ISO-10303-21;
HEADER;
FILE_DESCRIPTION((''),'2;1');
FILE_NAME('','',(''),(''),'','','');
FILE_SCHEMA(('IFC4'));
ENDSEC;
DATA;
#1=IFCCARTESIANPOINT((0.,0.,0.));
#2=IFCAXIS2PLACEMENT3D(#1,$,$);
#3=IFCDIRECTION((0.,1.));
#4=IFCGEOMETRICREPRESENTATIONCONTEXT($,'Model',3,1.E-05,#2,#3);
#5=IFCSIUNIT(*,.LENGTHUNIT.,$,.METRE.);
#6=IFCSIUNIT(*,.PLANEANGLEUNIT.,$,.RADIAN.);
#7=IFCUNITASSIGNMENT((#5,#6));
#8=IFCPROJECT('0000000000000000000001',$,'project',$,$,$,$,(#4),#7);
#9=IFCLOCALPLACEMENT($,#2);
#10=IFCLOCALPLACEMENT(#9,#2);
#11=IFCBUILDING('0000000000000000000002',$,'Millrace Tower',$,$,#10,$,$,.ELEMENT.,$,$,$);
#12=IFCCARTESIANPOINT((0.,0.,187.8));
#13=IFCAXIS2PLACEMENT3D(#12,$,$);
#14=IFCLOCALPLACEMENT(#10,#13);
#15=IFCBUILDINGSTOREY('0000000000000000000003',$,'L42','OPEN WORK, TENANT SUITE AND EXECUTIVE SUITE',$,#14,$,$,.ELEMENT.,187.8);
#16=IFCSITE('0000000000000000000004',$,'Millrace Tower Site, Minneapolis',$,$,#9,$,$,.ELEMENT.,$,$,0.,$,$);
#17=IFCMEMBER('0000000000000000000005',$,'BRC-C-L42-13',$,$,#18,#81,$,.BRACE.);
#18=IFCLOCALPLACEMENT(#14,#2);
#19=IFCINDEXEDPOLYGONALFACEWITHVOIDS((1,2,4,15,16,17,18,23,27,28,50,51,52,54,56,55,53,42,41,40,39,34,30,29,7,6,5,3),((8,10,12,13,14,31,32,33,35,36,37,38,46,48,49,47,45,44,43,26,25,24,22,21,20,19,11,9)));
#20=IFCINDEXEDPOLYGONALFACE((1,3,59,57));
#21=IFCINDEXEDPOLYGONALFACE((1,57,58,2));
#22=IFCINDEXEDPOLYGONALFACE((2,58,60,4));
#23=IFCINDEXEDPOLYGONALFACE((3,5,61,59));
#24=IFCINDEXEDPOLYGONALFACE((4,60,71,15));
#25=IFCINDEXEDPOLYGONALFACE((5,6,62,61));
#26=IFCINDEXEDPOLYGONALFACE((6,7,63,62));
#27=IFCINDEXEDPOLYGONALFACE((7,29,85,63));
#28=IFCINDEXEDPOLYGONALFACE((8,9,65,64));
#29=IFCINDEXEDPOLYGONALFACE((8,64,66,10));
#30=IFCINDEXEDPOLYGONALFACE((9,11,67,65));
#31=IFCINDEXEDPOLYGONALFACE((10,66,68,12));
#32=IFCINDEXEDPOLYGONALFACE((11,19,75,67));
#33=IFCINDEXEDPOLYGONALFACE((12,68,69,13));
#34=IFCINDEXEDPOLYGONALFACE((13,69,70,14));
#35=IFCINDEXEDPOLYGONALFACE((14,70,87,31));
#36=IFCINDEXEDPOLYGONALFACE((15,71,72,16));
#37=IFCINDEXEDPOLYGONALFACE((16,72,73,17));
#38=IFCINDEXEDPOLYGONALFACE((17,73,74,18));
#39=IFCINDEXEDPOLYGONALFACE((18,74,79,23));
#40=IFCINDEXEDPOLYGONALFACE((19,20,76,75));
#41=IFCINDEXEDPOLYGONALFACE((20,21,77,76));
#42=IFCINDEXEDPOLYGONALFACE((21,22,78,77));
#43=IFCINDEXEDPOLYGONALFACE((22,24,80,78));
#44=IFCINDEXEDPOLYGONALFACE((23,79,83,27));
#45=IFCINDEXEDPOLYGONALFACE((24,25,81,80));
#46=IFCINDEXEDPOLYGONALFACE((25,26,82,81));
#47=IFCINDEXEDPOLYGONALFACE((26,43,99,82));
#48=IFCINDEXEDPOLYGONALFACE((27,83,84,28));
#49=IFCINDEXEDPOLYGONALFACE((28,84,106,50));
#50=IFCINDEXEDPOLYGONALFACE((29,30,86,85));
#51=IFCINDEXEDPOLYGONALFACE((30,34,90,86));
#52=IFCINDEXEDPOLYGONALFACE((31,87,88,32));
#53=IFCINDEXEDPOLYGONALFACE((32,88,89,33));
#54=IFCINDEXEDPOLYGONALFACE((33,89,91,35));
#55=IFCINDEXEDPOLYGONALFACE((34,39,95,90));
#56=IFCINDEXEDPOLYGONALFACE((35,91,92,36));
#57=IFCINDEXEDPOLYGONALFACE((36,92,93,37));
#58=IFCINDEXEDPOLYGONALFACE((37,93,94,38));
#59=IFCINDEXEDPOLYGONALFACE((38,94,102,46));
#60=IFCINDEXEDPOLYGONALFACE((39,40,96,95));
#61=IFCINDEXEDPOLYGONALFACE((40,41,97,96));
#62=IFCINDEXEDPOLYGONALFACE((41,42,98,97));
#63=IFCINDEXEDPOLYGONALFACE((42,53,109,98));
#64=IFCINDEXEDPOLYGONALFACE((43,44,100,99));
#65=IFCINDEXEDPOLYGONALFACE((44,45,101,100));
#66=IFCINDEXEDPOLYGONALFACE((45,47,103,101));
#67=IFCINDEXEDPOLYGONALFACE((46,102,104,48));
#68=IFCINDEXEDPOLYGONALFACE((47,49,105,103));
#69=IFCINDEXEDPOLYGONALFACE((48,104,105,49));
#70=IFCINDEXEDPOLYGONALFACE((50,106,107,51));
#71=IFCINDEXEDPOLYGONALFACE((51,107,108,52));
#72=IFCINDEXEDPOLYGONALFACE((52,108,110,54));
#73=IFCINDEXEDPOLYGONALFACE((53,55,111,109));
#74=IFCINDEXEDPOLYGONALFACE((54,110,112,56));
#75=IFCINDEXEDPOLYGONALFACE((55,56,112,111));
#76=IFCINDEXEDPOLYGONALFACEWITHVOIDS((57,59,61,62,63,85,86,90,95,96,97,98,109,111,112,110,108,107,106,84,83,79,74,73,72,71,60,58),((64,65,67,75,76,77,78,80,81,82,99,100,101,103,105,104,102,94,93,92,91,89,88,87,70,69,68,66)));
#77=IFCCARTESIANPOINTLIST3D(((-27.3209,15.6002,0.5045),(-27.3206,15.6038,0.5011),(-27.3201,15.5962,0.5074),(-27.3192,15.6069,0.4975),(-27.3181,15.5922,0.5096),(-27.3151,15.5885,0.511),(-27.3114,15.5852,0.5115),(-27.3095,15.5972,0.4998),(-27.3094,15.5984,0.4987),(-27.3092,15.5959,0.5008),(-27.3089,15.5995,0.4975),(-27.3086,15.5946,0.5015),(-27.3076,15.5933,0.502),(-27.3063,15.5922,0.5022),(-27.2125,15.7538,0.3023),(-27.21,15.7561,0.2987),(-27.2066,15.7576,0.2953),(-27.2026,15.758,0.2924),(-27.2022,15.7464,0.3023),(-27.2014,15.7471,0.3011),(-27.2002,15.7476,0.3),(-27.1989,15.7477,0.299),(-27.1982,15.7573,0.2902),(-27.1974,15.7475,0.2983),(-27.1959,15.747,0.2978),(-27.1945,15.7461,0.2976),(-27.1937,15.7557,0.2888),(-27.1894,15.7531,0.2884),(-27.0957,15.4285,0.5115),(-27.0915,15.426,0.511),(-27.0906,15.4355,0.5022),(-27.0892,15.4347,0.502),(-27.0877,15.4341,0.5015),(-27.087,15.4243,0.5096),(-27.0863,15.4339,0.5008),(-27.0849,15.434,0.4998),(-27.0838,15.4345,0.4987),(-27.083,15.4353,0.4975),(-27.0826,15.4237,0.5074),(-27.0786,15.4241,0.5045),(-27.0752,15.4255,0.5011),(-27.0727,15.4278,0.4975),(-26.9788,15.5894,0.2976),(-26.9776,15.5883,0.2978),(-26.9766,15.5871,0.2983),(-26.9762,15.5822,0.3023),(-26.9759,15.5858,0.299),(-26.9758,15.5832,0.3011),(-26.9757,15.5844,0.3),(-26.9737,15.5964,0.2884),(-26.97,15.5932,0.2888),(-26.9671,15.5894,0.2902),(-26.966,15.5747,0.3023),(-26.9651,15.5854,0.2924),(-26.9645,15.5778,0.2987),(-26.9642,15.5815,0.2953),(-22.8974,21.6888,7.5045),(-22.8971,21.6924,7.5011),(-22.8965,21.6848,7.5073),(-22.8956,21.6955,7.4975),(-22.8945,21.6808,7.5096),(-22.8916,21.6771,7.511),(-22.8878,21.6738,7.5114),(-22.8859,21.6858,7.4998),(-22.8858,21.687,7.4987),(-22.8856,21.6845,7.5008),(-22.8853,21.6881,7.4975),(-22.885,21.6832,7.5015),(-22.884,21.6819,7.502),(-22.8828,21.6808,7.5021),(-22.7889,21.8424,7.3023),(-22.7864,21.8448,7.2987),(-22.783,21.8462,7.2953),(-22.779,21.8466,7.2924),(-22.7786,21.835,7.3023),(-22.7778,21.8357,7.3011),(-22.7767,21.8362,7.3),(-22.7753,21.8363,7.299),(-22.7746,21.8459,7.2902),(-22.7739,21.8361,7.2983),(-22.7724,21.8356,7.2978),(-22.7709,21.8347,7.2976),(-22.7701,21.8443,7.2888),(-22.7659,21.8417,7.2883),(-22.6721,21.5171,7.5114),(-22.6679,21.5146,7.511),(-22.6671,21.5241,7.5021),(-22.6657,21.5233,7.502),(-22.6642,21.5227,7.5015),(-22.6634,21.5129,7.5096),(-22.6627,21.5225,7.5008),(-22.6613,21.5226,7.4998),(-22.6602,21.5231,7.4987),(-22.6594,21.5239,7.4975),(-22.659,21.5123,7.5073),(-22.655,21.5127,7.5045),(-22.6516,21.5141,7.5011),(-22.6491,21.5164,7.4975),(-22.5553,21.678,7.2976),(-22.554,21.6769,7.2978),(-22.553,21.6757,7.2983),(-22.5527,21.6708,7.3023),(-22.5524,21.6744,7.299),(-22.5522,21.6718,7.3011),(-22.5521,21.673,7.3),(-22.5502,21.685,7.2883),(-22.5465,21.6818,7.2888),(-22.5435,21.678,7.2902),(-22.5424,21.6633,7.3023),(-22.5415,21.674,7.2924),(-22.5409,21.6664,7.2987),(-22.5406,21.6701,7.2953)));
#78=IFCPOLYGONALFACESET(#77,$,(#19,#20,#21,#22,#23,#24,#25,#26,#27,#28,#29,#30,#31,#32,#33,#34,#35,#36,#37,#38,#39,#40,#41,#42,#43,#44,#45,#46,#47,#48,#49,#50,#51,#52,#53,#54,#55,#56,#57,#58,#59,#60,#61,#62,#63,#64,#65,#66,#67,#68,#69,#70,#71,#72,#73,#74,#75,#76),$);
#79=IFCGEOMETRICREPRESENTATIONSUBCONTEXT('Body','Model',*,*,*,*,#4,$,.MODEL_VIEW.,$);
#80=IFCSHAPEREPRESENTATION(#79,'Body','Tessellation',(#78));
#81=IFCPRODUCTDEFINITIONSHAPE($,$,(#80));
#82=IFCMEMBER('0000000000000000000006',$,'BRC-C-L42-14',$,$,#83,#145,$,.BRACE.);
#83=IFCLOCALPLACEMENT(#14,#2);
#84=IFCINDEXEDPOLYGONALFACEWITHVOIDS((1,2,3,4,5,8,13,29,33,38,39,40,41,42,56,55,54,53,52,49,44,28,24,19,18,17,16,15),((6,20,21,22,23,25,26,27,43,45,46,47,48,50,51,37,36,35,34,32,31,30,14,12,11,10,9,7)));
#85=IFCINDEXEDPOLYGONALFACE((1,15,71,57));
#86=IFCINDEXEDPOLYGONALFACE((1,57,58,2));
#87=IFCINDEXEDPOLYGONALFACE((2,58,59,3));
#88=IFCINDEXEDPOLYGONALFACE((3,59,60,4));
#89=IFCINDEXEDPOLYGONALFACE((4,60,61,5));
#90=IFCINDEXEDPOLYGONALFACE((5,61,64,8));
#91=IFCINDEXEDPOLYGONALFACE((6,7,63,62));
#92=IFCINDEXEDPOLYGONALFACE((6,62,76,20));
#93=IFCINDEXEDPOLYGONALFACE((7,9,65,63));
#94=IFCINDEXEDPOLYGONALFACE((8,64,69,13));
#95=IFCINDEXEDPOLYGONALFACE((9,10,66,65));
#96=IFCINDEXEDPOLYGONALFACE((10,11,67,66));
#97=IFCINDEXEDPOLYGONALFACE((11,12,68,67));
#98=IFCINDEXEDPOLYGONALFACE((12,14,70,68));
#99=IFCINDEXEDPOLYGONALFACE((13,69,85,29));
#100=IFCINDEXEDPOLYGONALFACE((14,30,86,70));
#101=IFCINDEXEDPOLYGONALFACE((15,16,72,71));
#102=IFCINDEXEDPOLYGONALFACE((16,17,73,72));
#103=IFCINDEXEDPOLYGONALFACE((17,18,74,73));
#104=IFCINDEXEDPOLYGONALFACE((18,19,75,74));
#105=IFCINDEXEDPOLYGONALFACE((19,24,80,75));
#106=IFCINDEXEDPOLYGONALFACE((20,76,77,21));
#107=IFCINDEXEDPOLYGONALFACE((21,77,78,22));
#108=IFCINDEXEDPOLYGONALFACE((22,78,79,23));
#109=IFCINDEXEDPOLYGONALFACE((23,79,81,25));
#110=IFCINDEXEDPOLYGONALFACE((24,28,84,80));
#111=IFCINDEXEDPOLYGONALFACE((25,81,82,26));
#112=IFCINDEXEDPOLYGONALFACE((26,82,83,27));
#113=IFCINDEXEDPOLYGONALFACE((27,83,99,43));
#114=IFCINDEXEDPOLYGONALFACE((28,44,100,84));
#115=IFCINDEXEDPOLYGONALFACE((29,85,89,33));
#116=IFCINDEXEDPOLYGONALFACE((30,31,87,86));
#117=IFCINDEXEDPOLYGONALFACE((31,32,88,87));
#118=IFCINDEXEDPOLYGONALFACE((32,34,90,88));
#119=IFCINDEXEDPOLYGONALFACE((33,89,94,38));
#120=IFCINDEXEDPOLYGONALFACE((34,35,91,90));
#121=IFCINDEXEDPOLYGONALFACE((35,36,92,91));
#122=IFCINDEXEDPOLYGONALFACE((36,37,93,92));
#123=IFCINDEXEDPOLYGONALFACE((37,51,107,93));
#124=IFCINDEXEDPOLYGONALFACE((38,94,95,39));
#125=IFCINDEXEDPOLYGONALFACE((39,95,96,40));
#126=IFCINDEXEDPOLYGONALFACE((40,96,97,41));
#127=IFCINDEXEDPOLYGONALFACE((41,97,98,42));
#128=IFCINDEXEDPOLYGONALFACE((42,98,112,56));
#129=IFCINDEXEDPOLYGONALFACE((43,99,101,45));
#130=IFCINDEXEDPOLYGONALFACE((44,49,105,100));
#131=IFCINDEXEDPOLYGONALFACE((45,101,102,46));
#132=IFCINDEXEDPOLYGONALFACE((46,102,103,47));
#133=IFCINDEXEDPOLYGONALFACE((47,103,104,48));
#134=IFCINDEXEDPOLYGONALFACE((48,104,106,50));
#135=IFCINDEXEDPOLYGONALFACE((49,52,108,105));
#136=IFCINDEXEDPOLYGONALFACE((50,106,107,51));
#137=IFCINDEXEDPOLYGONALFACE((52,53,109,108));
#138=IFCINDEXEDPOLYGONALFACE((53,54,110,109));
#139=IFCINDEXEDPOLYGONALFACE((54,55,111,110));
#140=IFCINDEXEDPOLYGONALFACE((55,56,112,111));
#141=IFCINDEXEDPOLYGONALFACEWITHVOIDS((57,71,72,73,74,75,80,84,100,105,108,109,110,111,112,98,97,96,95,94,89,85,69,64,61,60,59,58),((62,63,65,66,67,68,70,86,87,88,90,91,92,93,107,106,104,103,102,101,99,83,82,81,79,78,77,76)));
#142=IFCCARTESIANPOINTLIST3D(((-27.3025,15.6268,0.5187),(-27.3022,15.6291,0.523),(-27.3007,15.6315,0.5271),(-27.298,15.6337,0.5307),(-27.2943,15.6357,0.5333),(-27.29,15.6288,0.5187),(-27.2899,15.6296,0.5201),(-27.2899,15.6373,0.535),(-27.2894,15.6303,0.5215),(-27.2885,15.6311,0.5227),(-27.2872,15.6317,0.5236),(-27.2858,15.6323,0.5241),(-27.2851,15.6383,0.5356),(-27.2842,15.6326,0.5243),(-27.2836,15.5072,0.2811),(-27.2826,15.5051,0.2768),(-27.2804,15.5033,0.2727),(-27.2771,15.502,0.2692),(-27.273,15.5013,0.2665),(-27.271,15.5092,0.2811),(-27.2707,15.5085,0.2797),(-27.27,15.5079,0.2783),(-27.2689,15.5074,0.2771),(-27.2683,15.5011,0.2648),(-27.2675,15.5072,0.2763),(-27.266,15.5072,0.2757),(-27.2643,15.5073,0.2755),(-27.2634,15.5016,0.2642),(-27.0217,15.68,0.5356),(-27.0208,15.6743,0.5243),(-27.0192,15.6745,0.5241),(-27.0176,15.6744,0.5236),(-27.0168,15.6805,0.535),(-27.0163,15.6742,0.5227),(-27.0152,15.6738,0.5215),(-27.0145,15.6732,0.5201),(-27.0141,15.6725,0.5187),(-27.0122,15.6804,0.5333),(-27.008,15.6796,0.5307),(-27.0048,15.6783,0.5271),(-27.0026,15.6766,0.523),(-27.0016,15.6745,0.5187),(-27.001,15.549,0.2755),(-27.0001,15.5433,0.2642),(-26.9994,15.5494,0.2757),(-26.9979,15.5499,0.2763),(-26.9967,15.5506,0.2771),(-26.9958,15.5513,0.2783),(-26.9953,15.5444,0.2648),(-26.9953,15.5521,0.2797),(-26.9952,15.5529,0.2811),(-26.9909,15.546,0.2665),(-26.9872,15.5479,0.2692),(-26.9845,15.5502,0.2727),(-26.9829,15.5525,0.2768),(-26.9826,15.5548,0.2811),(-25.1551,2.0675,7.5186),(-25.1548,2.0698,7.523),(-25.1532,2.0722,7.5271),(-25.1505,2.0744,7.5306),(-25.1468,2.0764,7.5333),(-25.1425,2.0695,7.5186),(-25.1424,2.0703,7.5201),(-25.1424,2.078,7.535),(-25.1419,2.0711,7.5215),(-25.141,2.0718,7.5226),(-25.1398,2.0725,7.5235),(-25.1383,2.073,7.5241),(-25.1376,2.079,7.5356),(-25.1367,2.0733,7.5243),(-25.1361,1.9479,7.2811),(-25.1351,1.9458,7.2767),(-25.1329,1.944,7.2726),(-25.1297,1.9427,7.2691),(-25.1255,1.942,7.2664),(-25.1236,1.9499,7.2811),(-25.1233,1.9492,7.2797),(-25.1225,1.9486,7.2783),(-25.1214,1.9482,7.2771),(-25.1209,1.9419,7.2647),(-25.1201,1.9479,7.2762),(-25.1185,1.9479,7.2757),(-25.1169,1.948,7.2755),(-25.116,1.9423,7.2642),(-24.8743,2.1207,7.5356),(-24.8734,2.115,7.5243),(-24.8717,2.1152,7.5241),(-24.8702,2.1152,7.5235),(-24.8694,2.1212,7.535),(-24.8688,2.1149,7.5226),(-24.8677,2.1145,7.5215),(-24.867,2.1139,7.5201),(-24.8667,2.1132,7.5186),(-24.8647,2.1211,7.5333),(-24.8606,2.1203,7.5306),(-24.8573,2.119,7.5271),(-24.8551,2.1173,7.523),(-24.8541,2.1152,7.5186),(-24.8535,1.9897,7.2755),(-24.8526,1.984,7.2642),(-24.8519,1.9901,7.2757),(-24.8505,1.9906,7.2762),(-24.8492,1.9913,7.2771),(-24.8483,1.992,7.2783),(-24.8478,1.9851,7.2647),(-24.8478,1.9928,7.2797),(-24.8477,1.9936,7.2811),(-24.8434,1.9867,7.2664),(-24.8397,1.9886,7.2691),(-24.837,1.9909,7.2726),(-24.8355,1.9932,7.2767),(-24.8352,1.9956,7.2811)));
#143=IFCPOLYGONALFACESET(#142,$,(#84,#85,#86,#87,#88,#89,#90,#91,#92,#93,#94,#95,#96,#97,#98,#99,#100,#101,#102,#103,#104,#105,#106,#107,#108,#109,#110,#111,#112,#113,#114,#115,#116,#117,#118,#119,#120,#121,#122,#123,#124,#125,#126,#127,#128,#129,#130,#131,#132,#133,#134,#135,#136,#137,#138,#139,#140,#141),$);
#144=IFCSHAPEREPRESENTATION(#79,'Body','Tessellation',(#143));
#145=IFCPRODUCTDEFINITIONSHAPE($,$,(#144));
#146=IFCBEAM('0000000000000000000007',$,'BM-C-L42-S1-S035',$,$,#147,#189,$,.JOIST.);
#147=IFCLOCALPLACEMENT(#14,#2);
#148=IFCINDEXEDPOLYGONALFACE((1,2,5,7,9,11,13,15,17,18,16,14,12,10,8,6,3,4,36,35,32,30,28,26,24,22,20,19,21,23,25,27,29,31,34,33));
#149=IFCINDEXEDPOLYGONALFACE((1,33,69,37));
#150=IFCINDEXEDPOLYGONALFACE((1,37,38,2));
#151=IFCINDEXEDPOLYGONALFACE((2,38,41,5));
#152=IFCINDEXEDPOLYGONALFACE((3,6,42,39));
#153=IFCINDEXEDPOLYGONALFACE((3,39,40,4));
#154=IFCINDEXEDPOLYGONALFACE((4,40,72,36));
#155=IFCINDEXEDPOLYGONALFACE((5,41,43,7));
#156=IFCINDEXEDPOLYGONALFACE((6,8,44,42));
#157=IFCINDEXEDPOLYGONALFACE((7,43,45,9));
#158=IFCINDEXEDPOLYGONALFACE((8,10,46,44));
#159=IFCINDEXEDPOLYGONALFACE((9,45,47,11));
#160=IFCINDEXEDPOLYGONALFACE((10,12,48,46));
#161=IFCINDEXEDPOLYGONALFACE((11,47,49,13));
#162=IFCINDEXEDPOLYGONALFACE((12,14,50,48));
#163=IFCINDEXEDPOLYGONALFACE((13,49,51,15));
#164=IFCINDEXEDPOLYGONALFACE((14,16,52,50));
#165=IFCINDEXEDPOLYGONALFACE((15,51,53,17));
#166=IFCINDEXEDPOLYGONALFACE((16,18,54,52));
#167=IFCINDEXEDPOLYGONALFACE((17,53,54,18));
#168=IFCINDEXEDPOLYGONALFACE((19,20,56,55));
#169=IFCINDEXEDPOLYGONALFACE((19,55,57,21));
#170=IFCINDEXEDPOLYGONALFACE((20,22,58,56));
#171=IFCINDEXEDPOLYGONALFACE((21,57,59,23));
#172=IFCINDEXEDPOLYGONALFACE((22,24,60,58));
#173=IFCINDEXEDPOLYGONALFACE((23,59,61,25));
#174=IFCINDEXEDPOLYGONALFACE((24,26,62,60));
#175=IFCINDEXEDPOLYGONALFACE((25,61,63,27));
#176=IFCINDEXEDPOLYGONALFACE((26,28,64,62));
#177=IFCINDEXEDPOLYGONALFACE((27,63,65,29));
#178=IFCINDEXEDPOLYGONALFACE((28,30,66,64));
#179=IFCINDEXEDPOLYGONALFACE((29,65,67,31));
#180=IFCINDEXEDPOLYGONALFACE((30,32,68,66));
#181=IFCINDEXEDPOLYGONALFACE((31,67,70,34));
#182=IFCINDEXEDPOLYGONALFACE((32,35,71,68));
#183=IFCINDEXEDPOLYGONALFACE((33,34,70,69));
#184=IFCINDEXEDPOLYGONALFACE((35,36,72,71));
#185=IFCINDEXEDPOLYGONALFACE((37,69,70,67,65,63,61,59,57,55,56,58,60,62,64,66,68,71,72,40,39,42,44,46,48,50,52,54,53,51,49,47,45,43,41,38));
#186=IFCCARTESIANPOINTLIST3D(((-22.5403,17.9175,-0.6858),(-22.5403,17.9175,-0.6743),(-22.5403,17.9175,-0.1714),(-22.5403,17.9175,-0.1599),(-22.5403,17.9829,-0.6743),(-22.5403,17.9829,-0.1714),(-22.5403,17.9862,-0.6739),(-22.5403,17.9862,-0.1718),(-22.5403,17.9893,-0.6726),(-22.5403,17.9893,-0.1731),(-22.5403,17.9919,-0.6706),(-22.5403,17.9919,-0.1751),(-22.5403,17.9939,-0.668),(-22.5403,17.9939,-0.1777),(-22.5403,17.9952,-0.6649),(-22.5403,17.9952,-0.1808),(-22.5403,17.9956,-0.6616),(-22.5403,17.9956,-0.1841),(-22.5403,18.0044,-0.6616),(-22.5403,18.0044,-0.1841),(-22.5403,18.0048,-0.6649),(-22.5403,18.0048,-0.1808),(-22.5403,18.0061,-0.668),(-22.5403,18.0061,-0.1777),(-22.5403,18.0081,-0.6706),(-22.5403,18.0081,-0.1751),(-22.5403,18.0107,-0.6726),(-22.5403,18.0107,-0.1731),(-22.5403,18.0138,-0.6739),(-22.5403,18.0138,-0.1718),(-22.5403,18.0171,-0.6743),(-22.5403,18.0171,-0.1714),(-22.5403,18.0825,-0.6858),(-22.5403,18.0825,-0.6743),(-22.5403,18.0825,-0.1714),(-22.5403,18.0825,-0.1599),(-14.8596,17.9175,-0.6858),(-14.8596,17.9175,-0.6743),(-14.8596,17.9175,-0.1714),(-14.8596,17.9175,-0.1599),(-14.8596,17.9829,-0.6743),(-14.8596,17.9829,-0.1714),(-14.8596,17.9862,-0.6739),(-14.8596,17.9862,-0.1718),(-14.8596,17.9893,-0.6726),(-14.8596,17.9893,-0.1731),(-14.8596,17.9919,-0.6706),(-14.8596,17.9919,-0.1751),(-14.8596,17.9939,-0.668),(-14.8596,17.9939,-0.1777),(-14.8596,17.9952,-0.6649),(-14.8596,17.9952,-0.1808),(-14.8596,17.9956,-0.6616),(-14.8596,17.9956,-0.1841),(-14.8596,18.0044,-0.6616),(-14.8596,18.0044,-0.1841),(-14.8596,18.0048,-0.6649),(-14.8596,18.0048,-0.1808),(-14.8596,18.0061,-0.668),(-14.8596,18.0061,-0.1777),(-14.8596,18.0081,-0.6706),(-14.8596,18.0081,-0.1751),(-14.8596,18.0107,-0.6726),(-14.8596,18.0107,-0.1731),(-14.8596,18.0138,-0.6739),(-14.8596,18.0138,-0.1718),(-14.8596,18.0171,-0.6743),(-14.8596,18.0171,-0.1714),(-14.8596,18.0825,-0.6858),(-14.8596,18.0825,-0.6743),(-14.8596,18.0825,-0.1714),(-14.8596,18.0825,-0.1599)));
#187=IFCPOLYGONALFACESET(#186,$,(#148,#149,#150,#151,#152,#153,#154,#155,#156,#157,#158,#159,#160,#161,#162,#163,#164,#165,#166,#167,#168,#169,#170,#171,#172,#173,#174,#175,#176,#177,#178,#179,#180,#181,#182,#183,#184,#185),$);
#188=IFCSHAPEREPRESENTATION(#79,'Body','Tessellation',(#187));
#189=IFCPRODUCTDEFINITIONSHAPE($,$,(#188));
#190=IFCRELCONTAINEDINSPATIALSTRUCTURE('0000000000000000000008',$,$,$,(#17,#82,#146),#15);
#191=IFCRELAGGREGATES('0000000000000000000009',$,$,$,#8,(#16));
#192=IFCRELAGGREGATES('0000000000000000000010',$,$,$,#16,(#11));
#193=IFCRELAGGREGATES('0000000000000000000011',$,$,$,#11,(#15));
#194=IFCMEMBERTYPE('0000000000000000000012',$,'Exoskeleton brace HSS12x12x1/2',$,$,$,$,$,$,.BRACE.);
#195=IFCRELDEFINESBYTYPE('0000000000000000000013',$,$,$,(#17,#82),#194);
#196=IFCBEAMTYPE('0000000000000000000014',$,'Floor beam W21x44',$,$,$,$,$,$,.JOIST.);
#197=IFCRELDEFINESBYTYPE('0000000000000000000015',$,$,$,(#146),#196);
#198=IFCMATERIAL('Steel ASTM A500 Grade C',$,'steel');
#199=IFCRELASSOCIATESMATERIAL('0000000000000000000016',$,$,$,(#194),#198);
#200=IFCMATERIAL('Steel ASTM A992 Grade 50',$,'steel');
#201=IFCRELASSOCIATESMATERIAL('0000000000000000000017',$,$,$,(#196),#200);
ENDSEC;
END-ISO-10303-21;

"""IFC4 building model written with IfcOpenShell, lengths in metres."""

from ifc_helpers import new_model, si_unit, direction, frame, origin, origin_2d, place, context, subcontext, project, spatial, hollow_rectangle, i_section, extrude, material, material_profile, profile_set, type_object, element, save


model = new_model("IFC4")

# Units and contexts
model_context = context("Model", 3, precision=1e-05, world=origin(), true_north=direction((0.0, 1.0)))
body_context = subcontext(model_context, "Body", "Model", "MODEL_VIEW")
ifc_project = project(units=[si_unit("LENGTHUNIT", "METRE"), si_unit("PLANEANGLEUNIT", "RADIAN")], contexts=[model_context])

# Site, building, storey
site_placement = place(None, origin())
site = spatial("IfcSite", under=ifc_project, at=site_placement, Name="Millrace Tower Site, Minneapolis", CompositionType="ELEMENT", RefElevation=0.0)
building_placement = place(site_placement, origin())
building = spatial("IfcBuilding", under=site, at=building_placement, Name="Millrace Tower", CompositionType="ELEMENT")
storey_placement = place(building_placement, frame((0.0, 0.0, 187.8)))
storey = spatial("IfcBuildingStorey", under=building, at=storey_placement, Name="L42", Description="OPEN WORK, TENANT SUITE AND EXECUTIVE SUITE", CompositionType="ELEMENT", Elevation=187.8)

# Members
ifc_material_1 = material(Name="Steel ASTM A500 Grade C", Category="steel")
ifc_material_profile_1 = material_profile(ifc_material_1, hollow_rectangle(XDim=0.3047, YDim=0.3047, WallThickness=0.0127, InnerFilletRadius=0.0063, OuterFilletRadius=0.019, at=origin_2d()))
ifc_profile_set_1 = profile_set([ifc_material_profile_1], Name="Steel ASTM A500 Grade C")
member_type_1 = type_object("IfcMemberType", Name="Exoskeleton brace HSS12x12x1/2", PredefinedType="BRACE", material=ifc_profile_set_1)
member_1_placement = place(storey_placement, frame((-27.1426, 15.5908, 0.3999), z_axis=(0.430389, 0.592388, 0.681059), x_axis=(-0.809021, 0.58778, 0.0)))
element("IfcMember", 1, at=member_1_placement, inside=storey, type_object=member_type_1, Name="BRC-C-L42-13", PredefinedType="BRACE", context=body_context, shape_type="SweptSolid", body=[
    extrude(hollow_rectangle(XDim=0.3047, YDim=0.3047, WallThickness=0.0127, InnerFilletRadius=0.0063, OuterFilletRadius=0.019, at=origin_2d()), origin(), (0.0, 0.0, 1.0), 10.2781),
])
member_2_placement = place(storey_placement, frame((-27.1426, 15.5908, 0.3999), z_axis=(0.139355, -0.879907, 0.454252), x_axis=(0.98769, 0.156426, 0.0)))
element("IfcMember", 2, at=member_2_placement, inside=storey, type_object=member_type_1, Name="BRC-C-L42-14", PredefinedType="BRACE", context=body_context, shape_type="SweptSolid", body=[
    extrude(hollow_rectangle(XDim=0.3047, YDim=0.3047, WallThickness=0.0127, InnerFilletRadius=0.0063, OuterFilletRadius=0.019, at=origin_2d()), origin(), (0.0, 0.0, 1.0), 15.4099),
])

# Beam
ifc_material_2 = material(Name="Steel ASTM A992 Grade 50", Category="steel")
ifc_material_profile_2 = material_profile(ifc_material_2, i_section(OverallWidth=0.165, OverallDepth=0.5259, WebThickness=0.0088, FlangeThickness=0.0115, FilletRadius=0.0127, at=origin_2d()))
ifc_profile_set_2 = profile_set([ifc_material_profile_2], Name="Steel ASTM A992 Grade 50")
beam_type_1 = type_object("IfcBeamType", Name="Floor beam W21x44", PredefinedType="JOIST", material=ifc_profile_set_2)
beam_1_placement = place(storey_placement, frame((-22.5403, 18.0, -0.4229), z_axis=(1.0, 0.0, 0.0), x_axis=(0.0, 1.0, 0.0)))
element("IfcBeam", 3, at=beam_1_placement, inside=storey, type_object=beam_type_1, Name="BM-C-L42-S1-S035", PredefinedType="JOIST", context=body_context, shape_type="SweptSolid", body=[
    extrude(i_section(OverallWidth=0.165, OverallDepth=0.5259, WebThickness=0.0088, FlangeThickness=0.0115, FilletRadius=0.0127, at=origin_2d()), origin(), (0.0, 0.0, 1.0), 7.6807),
])

save(model, "model.ifc")
